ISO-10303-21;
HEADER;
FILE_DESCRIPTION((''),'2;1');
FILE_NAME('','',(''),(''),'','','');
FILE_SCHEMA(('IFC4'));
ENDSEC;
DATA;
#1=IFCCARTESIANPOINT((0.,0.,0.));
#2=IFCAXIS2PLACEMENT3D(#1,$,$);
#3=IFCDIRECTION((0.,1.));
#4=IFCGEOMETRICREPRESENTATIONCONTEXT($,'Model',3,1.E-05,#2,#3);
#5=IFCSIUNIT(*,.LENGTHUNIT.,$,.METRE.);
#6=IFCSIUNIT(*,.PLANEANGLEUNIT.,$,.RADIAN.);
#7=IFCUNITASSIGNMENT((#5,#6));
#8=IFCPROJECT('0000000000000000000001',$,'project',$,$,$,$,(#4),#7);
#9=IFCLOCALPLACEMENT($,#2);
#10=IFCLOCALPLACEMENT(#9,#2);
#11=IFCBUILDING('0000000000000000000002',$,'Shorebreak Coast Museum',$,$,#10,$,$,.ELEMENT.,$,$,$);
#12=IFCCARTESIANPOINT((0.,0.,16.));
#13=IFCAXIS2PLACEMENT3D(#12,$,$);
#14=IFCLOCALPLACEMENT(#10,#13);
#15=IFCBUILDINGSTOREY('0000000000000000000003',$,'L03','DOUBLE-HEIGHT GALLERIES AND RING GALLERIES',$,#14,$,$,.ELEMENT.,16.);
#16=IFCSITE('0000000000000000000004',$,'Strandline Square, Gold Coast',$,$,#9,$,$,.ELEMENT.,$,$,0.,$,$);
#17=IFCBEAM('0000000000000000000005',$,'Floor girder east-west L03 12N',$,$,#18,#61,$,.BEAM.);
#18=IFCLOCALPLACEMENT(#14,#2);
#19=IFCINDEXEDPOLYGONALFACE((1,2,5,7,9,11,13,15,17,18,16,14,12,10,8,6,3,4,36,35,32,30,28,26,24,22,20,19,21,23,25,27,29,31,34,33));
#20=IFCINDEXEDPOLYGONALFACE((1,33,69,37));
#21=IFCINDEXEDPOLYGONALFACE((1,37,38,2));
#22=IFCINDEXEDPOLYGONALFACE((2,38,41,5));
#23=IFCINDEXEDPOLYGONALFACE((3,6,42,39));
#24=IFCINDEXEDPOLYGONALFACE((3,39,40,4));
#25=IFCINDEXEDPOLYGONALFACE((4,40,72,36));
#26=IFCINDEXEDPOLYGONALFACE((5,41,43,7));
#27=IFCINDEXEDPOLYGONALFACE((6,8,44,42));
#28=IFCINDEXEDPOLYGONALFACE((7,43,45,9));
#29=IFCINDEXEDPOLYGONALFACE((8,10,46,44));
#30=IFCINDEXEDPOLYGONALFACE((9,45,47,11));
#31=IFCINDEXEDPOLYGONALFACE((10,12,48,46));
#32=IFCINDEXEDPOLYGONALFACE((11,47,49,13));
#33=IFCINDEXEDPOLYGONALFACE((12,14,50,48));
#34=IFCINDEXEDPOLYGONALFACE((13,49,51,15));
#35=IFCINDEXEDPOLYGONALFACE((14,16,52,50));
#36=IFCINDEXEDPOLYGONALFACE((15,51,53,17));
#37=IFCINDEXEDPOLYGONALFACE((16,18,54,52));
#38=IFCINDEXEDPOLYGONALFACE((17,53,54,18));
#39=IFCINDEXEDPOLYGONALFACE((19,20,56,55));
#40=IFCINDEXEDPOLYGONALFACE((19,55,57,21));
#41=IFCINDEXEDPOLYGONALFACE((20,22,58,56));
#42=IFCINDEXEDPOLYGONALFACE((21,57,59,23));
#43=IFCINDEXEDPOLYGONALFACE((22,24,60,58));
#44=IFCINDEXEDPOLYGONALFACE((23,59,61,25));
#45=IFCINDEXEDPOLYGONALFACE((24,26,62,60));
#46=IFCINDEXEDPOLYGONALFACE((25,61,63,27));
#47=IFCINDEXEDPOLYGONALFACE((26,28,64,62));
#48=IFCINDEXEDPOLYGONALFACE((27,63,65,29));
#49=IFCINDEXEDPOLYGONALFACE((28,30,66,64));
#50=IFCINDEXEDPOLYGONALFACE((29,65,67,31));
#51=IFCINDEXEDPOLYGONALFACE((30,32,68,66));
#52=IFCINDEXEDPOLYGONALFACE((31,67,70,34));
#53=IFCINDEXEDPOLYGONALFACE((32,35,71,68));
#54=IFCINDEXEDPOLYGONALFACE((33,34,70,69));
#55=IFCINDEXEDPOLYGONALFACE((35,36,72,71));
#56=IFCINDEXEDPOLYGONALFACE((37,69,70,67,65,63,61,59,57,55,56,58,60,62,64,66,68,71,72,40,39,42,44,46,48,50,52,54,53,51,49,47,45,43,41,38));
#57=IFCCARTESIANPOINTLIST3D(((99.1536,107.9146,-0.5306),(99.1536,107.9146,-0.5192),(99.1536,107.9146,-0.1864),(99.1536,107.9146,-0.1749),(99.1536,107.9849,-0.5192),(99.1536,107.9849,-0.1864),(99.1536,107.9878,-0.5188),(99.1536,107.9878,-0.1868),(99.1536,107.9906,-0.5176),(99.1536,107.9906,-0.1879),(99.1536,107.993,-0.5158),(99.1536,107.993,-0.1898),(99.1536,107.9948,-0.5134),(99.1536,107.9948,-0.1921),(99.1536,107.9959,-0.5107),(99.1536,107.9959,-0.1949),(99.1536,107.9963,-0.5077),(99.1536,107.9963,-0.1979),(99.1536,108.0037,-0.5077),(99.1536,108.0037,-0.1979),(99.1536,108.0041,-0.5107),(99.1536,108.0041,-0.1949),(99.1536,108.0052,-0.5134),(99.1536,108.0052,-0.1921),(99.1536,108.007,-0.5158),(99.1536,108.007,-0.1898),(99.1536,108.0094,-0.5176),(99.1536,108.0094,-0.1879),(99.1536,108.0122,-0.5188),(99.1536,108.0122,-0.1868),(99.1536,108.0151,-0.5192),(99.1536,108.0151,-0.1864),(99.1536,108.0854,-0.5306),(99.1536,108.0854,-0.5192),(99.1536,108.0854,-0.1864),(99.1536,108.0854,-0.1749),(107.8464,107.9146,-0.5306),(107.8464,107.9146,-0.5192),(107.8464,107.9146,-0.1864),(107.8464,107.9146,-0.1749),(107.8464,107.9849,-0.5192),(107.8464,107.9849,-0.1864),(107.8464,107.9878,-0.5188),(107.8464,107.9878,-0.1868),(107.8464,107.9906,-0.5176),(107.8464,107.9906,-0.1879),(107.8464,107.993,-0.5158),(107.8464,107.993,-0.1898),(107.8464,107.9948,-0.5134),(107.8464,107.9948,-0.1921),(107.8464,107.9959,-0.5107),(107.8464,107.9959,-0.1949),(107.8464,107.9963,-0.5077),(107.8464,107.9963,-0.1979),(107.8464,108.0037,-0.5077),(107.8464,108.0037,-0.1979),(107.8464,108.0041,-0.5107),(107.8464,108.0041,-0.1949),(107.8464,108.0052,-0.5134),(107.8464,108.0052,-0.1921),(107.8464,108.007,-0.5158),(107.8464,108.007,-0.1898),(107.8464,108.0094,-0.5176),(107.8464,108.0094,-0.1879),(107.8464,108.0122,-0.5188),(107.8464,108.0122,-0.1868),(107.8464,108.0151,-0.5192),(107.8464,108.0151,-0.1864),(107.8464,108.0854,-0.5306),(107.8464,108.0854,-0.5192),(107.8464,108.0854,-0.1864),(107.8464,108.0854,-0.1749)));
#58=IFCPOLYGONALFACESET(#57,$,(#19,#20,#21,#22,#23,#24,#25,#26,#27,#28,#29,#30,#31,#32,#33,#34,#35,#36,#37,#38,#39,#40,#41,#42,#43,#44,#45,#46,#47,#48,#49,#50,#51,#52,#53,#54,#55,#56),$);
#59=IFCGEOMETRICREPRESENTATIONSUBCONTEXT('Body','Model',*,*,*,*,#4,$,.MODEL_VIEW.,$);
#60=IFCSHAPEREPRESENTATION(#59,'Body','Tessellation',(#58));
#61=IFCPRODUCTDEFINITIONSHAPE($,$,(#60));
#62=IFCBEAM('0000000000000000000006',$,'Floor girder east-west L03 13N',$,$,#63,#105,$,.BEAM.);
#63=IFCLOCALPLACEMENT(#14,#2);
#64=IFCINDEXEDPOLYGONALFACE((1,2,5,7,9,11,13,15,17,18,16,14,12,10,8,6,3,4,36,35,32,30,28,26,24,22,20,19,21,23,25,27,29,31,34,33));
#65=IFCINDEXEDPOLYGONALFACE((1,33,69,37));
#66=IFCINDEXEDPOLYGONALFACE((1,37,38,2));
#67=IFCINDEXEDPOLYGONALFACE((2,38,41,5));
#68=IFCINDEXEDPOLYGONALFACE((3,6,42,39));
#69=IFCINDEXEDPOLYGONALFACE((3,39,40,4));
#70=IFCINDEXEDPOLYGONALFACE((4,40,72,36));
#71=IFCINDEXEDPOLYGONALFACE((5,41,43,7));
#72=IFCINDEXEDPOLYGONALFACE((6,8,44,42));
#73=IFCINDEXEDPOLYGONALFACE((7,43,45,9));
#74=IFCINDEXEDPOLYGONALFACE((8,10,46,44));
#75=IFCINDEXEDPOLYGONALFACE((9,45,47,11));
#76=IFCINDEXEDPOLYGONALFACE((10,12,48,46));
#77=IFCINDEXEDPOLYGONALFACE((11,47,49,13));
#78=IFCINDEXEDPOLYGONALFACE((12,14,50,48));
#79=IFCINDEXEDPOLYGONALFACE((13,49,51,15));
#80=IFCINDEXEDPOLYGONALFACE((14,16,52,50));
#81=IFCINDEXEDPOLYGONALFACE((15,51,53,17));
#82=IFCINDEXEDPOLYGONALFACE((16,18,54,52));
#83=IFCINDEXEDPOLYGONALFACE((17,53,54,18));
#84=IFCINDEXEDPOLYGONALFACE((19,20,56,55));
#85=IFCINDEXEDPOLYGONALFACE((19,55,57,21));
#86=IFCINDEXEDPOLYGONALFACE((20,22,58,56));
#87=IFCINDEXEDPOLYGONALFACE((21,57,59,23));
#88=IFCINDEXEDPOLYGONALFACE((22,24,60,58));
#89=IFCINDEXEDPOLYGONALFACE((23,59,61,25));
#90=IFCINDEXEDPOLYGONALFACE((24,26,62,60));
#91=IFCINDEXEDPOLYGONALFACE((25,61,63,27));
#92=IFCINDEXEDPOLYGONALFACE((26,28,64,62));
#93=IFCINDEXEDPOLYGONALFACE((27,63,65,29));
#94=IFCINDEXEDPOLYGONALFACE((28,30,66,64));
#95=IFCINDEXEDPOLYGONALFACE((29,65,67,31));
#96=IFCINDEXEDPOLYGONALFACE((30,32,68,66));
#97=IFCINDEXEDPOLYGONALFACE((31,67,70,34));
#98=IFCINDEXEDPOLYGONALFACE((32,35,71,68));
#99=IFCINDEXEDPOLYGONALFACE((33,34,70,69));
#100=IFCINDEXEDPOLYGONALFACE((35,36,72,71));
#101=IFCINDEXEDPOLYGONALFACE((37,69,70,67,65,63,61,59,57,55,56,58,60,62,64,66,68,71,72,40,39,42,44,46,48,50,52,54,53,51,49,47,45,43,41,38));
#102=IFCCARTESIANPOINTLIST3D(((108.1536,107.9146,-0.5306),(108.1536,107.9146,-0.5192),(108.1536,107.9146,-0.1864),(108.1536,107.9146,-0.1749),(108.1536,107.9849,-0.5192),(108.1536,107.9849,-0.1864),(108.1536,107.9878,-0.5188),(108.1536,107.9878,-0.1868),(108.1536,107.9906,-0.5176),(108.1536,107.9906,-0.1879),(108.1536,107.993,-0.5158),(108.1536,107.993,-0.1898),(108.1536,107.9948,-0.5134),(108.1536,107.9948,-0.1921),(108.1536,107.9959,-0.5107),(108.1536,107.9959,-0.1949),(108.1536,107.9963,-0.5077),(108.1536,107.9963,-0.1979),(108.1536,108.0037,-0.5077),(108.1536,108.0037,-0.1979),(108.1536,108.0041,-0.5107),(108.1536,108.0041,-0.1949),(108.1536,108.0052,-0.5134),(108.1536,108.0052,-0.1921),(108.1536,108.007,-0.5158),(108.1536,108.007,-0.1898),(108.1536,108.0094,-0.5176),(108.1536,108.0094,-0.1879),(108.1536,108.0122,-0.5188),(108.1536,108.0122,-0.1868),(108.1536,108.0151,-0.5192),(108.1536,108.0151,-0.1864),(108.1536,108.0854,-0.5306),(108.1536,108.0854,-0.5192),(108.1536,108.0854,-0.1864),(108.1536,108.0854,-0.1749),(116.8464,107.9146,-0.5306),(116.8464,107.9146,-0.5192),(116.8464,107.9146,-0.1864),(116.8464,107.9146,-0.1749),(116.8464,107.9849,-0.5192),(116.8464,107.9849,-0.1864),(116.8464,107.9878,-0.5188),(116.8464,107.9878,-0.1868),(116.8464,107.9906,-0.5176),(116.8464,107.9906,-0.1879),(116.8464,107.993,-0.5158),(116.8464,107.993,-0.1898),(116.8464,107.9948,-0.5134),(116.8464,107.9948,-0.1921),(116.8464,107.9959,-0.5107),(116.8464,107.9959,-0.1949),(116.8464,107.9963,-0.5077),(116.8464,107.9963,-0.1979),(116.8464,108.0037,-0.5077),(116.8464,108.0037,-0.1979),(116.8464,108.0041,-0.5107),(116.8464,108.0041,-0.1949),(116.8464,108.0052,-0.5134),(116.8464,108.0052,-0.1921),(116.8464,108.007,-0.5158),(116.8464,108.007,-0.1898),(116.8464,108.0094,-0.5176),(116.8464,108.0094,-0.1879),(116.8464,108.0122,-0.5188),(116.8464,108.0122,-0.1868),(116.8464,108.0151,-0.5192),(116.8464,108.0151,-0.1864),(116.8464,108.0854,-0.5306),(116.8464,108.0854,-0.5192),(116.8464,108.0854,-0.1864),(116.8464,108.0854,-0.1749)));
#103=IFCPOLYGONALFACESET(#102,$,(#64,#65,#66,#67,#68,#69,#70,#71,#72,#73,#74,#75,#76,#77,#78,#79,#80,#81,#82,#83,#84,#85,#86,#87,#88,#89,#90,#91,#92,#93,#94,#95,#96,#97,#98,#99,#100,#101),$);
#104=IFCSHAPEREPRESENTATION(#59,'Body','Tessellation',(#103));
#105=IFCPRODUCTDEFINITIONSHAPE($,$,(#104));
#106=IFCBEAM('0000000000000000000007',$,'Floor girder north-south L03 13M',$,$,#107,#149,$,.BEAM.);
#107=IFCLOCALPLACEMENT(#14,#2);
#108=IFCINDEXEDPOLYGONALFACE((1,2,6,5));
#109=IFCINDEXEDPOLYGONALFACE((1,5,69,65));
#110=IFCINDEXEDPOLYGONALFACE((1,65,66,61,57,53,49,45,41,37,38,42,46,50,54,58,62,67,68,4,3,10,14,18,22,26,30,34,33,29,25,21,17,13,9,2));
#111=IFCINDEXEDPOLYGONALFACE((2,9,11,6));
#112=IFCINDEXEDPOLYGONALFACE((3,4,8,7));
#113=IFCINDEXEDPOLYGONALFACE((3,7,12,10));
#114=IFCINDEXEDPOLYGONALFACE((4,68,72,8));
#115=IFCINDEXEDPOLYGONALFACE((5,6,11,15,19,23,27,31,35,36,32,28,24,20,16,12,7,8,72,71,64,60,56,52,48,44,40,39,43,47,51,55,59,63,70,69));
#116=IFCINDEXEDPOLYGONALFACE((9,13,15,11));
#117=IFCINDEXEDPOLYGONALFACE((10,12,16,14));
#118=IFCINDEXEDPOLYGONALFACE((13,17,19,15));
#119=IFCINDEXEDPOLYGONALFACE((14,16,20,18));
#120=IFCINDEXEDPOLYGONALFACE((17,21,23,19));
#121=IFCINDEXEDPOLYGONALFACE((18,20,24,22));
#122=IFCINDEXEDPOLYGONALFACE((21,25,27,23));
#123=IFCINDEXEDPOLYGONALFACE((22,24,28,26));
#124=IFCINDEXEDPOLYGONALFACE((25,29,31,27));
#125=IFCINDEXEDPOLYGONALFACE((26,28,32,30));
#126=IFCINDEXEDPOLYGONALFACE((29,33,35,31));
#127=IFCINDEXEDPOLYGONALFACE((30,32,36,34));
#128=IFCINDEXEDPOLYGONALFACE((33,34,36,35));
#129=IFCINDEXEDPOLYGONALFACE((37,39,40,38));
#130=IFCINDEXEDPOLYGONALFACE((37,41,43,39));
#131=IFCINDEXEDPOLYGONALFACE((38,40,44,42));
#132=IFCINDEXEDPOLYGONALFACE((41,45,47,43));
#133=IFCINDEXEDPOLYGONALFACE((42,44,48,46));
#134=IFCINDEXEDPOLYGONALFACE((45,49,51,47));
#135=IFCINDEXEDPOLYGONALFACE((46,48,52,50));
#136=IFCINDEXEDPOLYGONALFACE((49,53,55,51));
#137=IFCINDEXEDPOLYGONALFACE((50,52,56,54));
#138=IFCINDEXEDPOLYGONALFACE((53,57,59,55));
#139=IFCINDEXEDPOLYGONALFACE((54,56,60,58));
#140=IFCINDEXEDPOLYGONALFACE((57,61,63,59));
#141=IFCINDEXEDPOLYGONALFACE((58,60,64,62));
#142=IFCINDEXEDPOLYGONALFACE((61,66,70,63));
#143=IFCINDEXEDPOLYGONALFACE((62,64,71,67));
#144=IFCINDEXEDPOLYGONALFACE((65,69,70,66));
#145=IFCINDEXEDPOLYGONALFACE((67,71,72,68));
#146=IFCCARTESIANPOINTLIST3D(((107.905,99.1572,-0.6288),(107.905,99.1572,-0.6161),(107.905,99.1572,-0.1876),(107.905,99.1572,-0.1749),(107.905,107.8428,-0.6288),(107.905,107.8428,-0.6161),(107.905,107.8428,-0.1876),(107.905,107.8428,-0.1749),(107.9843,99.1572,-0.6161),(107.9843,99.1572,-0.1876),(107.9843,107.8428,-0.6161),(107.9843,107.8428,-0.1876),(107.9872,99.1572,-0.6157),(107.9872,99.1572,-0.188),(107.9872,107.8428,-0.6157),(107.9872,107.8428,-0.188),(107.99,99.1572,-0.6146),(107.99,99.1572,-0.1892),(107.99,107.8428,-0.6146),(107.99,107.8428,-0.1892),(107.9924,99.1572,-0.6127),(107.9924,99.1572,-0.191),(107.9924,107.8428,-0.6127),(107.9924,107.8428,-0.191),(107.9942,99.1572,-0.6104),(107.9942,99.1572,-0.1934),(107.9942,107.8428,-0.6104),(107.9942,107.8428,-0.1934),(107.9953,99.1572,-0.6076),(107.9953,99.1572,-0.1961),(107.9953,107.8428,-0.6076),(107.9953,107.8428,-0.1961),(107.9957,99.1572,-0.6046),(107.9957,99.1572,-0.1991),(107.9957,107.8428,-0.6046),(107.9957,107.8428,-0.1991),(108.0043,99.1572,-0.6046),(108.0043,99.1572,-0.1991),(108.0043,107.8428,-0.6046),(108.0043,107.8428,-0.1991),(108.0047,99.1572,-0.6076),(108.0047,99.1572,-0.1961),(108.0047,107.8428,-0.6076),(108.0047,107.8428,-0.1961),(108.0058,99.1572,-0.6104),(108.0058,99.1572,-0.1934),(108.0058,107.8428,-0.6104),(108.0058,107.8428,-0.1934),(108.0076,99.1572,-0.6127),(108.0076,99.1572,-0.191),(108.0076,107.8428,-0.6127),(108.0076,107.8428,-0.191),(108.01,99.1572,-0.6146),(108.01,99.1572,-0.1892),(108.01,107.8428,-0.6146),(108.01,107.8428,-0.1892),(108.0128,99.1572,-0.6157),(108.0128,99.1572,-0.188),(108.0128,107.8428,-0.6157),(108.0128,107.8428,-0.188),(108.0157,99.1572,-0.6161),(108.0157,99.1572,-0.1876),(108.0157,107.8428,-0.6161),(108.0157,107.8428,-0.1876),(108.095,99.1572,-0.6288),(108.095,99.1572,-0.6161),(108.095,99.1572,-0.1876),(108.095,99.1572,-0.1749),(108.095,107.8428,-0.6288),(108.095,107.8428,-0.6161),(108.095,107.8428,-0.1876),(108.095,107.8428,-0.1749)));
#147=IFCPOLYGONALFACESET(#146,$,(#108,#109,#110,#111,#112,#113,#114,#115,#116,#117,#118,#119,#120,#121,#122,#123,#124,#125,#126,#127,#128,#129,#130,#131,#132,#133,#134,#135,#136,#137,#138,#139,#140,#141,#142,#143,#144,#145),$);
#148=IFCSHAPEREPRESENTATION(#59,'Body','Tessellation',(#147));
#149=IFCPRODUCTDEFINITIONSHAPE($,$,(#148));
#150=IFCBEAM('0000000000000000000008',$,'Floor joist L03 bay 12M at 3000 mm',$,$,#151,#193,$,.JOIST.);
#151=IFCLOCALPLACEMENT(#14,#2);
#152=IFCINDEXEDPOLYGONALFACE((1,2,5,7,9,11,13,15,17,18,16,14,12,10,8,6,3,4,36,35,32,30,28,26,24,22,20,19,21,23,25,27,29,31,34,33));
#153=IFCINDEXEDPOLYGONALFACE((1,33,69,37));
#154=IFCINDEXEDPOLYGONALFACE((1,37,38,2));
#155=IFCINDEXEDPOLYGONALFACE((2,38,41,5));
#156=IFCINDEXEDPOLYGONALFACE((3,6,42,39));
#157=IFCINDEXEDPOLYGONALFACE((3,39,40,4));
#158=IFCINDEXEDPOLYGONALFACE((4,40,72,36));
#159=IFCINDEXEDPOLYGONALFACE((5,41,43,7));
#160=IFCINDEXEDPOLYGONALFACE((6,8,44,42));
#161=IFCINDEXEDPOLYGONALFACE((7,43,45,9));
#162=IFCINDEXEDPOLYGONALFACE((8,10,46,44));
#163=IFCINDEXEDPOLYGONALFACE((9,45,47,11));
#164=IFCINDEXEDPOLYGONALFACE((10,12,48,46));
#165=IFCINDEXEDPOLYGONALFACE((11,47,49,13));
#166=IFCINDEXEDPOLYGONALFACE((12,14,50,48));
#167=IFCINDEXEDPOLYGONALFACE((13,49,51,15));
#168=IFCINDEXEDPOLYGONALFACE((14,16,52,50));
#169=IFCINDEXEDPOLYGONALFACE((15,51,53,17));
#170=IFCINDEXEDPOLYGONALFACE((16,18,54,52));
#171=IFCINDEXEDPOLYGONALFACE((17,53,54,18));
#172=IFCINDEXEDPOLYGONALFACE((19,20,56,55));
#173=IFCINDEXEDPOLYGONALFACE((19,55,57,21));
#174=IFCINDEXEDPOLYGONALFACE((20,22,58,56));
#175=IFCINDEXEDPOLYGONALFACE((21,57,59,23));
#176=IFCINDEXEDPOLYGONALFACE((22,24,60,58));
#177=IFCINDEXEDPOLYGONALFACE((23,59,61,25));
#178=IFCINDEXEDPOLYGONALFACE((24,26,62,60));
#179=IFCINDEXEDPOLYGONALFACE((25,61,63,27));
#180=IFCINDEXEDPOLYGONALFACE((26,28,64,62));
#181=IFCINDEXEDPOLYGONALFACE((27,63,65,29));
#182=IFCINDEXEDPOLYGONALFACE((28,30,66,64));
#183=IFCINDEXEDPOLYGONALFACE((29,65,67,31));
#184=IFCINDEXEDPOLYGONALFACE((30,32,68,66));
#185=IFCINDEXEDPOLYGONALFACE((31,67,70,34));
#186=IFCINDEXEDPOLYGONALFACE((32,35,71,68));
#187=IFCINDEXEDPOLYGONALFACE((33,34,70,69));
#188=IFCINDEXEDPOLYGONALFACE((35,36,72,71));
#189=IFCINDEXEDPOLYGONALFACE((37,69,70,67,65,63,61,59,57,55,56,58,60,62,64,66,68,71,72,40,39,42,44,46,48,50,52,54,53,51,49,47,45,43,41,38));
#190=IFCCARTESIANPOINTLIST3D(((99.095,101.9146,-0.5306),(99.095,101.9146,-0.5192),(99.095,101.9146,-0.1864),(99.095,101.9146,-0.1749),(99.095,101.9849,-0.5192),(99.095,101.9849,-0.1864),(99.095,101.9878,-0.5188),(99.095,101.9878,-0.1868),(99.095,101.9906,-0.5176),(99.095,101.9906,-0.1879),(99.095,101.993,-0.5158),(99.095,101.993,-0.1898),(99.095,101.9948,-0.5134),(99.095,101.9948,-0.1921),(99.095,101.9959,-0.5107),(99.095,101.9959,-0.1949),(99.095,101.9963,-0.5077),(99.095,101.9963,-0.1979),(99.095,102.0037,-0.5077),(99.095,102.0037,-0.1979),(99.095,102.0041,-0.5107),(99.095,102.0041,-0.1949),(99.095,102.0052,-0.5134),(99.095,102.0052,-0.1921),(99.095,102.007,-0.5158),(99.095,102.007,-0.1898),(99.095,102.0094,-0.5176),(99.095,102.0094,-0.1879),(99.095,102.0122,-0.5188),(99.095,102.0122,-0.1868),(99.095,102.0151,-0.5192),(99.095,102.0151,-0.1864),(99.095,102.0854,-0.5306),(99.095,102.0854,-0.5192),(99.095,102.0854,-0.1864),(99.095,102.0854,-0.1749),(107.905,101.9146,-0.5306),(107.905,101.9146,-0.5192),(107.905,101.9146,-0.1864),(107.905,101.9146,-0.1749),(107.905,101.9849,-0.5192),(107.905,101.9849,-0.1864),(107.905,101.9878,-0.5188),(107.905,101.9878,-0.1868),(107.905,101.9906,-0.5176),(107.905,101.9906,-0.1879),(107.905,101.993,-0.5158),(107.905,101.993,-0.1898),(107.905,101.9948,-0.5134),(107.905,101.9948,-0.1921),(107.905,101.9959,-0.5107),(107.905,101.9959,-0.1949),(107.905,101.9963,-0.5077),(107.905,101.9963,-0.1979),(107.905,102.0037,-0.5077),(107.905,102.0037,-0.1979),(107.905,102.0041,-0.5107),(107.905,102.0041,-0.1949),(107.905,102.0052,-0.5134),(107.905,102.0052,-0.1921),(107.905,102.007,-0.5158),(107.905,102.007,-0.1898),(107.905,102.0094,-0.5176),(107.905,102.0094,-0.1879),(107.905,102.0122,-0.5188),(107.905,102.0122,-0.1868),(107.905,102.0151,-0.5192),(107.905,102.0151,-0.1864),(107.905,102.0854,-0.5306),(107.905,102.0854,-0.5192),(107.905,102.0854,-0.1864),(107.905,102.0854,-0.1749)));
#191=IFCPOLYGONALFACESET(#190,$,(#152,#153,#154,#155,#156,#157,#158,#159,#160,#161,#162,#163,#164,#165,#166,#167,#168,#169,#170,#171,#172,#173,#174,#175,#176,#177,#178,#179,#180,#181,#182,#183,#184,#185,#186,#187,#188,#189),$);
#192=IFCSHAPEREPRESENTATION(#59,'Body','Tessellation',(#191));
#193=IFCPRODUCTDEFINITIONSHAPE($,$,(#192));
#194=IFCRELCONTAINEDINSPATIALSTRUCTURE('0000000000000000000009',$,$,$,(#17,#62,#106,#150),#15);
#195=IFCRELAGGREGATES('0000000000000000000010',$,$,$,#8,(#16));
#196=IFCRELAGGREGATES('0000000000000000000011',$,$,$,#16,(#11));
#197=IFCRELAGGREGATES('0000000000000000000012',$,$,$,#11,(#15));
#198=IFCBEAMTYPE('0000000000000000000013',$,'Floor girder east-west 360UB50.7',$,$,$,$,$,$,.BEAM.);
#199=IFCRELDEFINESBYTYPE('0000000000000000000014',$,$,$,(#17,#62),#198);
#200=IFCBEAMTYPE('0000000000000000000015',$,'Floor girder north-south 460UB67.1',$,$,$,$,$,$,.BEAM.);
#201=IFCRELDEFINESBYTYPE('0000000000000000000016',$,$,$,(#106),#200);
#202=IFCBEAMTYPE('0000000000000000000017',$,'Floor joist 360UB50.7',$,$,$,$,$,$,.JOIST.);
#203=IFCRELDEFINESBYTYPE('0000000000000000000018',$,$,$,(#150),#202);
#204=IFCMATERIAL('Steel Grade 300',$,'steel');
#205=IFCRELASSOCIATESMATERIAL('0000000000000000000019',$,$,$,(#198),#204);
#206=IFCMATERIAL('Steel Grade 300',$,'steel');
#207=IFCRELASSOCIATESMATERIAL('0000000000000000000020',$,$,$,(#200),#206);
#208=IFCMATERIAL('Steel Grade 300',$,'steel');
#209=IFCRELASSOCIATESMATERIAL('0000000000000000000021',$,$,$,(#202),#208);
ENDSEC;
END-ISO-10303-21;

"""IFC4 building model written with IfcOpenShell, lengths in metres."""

from ifc_helpers import new_model, si_unit, direction, frame, origin, origin_2d, place, context, subcontext, project, spatial, i_section, extrude, material, material_profile, profile_set, type_object, element, save


model = new_model("IFC4")

# Units and contexts
model_context = context("Model", 3, precision=1e-05, world=origin(), true_north=direction((0.0, 1.0)))
body_context = subcontext(model_context, "Body", "Model", "MODEL_VIEW")
ifc_project = project(units=[si_unit("LENGTHUNIT", "METRE"), si_unit("PLANEANGLEUNIT", "RADIAN")], contexts=[model_context])

# Site, building, storey
site_placement = place(None, origin())
site = spatial("IfcSite", under=ifc_project, at=site_placement, Name="Strandline Square, Gold Coast", CompositionType="ELEMENT", RefElevation=0.0)
building_placement = place(site_placement, origin())
building = spatial("IfcBuilding", under=site, at=building_placement, Name="Shorebreak Coast Museum", CompositionType="ELEMENT")
storey_placement = place(building_placement, frame((0.0, 0.0, 16.0)))
storey = spatial("IfcBuildingStorey", under=building, at=storey_placement, Name="L03", Description="DOUBLE-HEIGHT GALLERIES AND RING GALLERIES", CompositionType="ELEMENT", Elevation=16.0)

# Beams
ifc_material_1 = material(Name="Steel Grade 300", Category="steel")
ifc_material_profile_1 = material_profile(ifc_material_1, i_section(OverallWidth=0.1709, OverallDepth=0.3557, WebThickness=0.0073, FlangeThickness=0.0115, FilletRadius=0.0115, at=origin_2d()), Name="360UB50.7")
ifc_profile_set_1 = profile_set([ifc_material_profile_1], Name="Steel Grade 300")
beam_type_1 = type_object("IfcBeamType", Name="Floor girder east-west 360UB50.7", PredefinedType="BEAM", material=ifc_profile_set_1)
for number, where, z_axis, x_axis, name in (
    (1, (99.1536, 108.0, -0.3528), (1.0, 0.0, 0.0), (0.0, 1.0, 0.0), "Floor girder east-west L03 12N"),
    (2, (108.1536, 108.0, -0.3528), (1.0, 0.0, 0.0), (0.0, 1.0, 0.0), "Floor girder east-west L03 13N"),
):
    element("IfcBeam", number, at=place(storey_placement, frame(where, z_axis=z_axis, x_axis=x_axis)), inside=storey, type_object=beam_type_1, Name=name, PredefinedType="BEAM", context=body_context, shape_type="SweptSolid", body=[
        extrude(i_section(OverallWidth=0.1709, OverallDepth=0.3557, WebThickness=0.0073, FlangeThickness=0.0115, FilletRadius=0.0115, at=origin_2d()), origin(), (0.0, 0.0, 1.0), 8.6929),
    ])
ifc_material_2 = material(Name="Steel Grade 300", Category="steel")
ifc_material_profile_2 = material_profile(ifc_material_2, i_section(OverallWidth=0.1899, OverallDepth=0.4539, WebThickness=0.0085, FlangeThickness=0.0127, FilletRadius=0.0115, at=origin_2d()), Name="460UB67.1")
ifc_profile_set_2 = profile_set([ifc_material_profile_2], Name="Steel Grade 300")
beam_type_2 = type_object("IfcBeamType", Name="Floor girder north-south 460UB67.1", PredefinedType="BEAM", material=ifc_profile_set_2)
beam_placement = place(storey_placement, frame((108.0, 99.1572, -0.4019), z_axis=(0.0, 1.0, 0.0), x_axis=(-1.0, 0.0, 0.0)))
element("IfcBeam", 3, at=beam_placement, inside=storey, type_object=beam_type_2, Name="Floor girder north-south L03 13M", PredefinedType="BEAM", context=body_context, shape_type="SweptSolid", body=[
    extrude(i_section(OverallWidth=0.1899, OverallDepth=0.4539, WebThickness=0.0085, FlangeThickness=0.0127, FilletRadius=0.0115, at=origin_2d()), origin(), (0.0, 0.0, 1.0), 8.6855),
])
ifc_material_3 = material(Name="Steel Grade 300", Category="steel")
ifc_material_profile_3 = material_profile(ifc_material_3, i_section(OverallWidth=0.1709, OverallDepth=0.3557, WebThickness=0.0073, FlangeThickness=0.0115, FilletRadius=0.0115, at=origin_2d()), Name="360UB50.7")
ifc_profile_set_3 = profile_set([ifc_material_profile_3], Name="Steel Grade 300")
beam_type_3 = type_object("IfcBeamType", Name="Floor joist 360UB50.7", PredefinedType="JOIST", material=ifc_profile_set_3)
for number, where, z_axis, x_axis, name in (
    (4, (99.095, 102.0, -0.3528), (1.0, 0.0, 0.0), (0.0, 1.0, 0.0), "Floor joist L03 bay 12M at 3000 mm"),
):
    element("IfcBeam", number, at=place(storey_placement, frame(where, z_axis=z_axis, x_axis=x_axis)), inside=storey, type_object=beam_type_3, Name=name, PredefinedType="JOIST", context=body_context, shape_type="SweptSolid", body=[
        extrude(i_section(OverallWidth=0.1709, OverallDepth=0.3557, WebThickness=0.0073, FlangeThickness=0.0115, FilletRadius=0.0115, at=origin_2d()), origin(), (0.0, 0.0, 1.0), 8.8101),
    ])

save(model, "model.ifc")
